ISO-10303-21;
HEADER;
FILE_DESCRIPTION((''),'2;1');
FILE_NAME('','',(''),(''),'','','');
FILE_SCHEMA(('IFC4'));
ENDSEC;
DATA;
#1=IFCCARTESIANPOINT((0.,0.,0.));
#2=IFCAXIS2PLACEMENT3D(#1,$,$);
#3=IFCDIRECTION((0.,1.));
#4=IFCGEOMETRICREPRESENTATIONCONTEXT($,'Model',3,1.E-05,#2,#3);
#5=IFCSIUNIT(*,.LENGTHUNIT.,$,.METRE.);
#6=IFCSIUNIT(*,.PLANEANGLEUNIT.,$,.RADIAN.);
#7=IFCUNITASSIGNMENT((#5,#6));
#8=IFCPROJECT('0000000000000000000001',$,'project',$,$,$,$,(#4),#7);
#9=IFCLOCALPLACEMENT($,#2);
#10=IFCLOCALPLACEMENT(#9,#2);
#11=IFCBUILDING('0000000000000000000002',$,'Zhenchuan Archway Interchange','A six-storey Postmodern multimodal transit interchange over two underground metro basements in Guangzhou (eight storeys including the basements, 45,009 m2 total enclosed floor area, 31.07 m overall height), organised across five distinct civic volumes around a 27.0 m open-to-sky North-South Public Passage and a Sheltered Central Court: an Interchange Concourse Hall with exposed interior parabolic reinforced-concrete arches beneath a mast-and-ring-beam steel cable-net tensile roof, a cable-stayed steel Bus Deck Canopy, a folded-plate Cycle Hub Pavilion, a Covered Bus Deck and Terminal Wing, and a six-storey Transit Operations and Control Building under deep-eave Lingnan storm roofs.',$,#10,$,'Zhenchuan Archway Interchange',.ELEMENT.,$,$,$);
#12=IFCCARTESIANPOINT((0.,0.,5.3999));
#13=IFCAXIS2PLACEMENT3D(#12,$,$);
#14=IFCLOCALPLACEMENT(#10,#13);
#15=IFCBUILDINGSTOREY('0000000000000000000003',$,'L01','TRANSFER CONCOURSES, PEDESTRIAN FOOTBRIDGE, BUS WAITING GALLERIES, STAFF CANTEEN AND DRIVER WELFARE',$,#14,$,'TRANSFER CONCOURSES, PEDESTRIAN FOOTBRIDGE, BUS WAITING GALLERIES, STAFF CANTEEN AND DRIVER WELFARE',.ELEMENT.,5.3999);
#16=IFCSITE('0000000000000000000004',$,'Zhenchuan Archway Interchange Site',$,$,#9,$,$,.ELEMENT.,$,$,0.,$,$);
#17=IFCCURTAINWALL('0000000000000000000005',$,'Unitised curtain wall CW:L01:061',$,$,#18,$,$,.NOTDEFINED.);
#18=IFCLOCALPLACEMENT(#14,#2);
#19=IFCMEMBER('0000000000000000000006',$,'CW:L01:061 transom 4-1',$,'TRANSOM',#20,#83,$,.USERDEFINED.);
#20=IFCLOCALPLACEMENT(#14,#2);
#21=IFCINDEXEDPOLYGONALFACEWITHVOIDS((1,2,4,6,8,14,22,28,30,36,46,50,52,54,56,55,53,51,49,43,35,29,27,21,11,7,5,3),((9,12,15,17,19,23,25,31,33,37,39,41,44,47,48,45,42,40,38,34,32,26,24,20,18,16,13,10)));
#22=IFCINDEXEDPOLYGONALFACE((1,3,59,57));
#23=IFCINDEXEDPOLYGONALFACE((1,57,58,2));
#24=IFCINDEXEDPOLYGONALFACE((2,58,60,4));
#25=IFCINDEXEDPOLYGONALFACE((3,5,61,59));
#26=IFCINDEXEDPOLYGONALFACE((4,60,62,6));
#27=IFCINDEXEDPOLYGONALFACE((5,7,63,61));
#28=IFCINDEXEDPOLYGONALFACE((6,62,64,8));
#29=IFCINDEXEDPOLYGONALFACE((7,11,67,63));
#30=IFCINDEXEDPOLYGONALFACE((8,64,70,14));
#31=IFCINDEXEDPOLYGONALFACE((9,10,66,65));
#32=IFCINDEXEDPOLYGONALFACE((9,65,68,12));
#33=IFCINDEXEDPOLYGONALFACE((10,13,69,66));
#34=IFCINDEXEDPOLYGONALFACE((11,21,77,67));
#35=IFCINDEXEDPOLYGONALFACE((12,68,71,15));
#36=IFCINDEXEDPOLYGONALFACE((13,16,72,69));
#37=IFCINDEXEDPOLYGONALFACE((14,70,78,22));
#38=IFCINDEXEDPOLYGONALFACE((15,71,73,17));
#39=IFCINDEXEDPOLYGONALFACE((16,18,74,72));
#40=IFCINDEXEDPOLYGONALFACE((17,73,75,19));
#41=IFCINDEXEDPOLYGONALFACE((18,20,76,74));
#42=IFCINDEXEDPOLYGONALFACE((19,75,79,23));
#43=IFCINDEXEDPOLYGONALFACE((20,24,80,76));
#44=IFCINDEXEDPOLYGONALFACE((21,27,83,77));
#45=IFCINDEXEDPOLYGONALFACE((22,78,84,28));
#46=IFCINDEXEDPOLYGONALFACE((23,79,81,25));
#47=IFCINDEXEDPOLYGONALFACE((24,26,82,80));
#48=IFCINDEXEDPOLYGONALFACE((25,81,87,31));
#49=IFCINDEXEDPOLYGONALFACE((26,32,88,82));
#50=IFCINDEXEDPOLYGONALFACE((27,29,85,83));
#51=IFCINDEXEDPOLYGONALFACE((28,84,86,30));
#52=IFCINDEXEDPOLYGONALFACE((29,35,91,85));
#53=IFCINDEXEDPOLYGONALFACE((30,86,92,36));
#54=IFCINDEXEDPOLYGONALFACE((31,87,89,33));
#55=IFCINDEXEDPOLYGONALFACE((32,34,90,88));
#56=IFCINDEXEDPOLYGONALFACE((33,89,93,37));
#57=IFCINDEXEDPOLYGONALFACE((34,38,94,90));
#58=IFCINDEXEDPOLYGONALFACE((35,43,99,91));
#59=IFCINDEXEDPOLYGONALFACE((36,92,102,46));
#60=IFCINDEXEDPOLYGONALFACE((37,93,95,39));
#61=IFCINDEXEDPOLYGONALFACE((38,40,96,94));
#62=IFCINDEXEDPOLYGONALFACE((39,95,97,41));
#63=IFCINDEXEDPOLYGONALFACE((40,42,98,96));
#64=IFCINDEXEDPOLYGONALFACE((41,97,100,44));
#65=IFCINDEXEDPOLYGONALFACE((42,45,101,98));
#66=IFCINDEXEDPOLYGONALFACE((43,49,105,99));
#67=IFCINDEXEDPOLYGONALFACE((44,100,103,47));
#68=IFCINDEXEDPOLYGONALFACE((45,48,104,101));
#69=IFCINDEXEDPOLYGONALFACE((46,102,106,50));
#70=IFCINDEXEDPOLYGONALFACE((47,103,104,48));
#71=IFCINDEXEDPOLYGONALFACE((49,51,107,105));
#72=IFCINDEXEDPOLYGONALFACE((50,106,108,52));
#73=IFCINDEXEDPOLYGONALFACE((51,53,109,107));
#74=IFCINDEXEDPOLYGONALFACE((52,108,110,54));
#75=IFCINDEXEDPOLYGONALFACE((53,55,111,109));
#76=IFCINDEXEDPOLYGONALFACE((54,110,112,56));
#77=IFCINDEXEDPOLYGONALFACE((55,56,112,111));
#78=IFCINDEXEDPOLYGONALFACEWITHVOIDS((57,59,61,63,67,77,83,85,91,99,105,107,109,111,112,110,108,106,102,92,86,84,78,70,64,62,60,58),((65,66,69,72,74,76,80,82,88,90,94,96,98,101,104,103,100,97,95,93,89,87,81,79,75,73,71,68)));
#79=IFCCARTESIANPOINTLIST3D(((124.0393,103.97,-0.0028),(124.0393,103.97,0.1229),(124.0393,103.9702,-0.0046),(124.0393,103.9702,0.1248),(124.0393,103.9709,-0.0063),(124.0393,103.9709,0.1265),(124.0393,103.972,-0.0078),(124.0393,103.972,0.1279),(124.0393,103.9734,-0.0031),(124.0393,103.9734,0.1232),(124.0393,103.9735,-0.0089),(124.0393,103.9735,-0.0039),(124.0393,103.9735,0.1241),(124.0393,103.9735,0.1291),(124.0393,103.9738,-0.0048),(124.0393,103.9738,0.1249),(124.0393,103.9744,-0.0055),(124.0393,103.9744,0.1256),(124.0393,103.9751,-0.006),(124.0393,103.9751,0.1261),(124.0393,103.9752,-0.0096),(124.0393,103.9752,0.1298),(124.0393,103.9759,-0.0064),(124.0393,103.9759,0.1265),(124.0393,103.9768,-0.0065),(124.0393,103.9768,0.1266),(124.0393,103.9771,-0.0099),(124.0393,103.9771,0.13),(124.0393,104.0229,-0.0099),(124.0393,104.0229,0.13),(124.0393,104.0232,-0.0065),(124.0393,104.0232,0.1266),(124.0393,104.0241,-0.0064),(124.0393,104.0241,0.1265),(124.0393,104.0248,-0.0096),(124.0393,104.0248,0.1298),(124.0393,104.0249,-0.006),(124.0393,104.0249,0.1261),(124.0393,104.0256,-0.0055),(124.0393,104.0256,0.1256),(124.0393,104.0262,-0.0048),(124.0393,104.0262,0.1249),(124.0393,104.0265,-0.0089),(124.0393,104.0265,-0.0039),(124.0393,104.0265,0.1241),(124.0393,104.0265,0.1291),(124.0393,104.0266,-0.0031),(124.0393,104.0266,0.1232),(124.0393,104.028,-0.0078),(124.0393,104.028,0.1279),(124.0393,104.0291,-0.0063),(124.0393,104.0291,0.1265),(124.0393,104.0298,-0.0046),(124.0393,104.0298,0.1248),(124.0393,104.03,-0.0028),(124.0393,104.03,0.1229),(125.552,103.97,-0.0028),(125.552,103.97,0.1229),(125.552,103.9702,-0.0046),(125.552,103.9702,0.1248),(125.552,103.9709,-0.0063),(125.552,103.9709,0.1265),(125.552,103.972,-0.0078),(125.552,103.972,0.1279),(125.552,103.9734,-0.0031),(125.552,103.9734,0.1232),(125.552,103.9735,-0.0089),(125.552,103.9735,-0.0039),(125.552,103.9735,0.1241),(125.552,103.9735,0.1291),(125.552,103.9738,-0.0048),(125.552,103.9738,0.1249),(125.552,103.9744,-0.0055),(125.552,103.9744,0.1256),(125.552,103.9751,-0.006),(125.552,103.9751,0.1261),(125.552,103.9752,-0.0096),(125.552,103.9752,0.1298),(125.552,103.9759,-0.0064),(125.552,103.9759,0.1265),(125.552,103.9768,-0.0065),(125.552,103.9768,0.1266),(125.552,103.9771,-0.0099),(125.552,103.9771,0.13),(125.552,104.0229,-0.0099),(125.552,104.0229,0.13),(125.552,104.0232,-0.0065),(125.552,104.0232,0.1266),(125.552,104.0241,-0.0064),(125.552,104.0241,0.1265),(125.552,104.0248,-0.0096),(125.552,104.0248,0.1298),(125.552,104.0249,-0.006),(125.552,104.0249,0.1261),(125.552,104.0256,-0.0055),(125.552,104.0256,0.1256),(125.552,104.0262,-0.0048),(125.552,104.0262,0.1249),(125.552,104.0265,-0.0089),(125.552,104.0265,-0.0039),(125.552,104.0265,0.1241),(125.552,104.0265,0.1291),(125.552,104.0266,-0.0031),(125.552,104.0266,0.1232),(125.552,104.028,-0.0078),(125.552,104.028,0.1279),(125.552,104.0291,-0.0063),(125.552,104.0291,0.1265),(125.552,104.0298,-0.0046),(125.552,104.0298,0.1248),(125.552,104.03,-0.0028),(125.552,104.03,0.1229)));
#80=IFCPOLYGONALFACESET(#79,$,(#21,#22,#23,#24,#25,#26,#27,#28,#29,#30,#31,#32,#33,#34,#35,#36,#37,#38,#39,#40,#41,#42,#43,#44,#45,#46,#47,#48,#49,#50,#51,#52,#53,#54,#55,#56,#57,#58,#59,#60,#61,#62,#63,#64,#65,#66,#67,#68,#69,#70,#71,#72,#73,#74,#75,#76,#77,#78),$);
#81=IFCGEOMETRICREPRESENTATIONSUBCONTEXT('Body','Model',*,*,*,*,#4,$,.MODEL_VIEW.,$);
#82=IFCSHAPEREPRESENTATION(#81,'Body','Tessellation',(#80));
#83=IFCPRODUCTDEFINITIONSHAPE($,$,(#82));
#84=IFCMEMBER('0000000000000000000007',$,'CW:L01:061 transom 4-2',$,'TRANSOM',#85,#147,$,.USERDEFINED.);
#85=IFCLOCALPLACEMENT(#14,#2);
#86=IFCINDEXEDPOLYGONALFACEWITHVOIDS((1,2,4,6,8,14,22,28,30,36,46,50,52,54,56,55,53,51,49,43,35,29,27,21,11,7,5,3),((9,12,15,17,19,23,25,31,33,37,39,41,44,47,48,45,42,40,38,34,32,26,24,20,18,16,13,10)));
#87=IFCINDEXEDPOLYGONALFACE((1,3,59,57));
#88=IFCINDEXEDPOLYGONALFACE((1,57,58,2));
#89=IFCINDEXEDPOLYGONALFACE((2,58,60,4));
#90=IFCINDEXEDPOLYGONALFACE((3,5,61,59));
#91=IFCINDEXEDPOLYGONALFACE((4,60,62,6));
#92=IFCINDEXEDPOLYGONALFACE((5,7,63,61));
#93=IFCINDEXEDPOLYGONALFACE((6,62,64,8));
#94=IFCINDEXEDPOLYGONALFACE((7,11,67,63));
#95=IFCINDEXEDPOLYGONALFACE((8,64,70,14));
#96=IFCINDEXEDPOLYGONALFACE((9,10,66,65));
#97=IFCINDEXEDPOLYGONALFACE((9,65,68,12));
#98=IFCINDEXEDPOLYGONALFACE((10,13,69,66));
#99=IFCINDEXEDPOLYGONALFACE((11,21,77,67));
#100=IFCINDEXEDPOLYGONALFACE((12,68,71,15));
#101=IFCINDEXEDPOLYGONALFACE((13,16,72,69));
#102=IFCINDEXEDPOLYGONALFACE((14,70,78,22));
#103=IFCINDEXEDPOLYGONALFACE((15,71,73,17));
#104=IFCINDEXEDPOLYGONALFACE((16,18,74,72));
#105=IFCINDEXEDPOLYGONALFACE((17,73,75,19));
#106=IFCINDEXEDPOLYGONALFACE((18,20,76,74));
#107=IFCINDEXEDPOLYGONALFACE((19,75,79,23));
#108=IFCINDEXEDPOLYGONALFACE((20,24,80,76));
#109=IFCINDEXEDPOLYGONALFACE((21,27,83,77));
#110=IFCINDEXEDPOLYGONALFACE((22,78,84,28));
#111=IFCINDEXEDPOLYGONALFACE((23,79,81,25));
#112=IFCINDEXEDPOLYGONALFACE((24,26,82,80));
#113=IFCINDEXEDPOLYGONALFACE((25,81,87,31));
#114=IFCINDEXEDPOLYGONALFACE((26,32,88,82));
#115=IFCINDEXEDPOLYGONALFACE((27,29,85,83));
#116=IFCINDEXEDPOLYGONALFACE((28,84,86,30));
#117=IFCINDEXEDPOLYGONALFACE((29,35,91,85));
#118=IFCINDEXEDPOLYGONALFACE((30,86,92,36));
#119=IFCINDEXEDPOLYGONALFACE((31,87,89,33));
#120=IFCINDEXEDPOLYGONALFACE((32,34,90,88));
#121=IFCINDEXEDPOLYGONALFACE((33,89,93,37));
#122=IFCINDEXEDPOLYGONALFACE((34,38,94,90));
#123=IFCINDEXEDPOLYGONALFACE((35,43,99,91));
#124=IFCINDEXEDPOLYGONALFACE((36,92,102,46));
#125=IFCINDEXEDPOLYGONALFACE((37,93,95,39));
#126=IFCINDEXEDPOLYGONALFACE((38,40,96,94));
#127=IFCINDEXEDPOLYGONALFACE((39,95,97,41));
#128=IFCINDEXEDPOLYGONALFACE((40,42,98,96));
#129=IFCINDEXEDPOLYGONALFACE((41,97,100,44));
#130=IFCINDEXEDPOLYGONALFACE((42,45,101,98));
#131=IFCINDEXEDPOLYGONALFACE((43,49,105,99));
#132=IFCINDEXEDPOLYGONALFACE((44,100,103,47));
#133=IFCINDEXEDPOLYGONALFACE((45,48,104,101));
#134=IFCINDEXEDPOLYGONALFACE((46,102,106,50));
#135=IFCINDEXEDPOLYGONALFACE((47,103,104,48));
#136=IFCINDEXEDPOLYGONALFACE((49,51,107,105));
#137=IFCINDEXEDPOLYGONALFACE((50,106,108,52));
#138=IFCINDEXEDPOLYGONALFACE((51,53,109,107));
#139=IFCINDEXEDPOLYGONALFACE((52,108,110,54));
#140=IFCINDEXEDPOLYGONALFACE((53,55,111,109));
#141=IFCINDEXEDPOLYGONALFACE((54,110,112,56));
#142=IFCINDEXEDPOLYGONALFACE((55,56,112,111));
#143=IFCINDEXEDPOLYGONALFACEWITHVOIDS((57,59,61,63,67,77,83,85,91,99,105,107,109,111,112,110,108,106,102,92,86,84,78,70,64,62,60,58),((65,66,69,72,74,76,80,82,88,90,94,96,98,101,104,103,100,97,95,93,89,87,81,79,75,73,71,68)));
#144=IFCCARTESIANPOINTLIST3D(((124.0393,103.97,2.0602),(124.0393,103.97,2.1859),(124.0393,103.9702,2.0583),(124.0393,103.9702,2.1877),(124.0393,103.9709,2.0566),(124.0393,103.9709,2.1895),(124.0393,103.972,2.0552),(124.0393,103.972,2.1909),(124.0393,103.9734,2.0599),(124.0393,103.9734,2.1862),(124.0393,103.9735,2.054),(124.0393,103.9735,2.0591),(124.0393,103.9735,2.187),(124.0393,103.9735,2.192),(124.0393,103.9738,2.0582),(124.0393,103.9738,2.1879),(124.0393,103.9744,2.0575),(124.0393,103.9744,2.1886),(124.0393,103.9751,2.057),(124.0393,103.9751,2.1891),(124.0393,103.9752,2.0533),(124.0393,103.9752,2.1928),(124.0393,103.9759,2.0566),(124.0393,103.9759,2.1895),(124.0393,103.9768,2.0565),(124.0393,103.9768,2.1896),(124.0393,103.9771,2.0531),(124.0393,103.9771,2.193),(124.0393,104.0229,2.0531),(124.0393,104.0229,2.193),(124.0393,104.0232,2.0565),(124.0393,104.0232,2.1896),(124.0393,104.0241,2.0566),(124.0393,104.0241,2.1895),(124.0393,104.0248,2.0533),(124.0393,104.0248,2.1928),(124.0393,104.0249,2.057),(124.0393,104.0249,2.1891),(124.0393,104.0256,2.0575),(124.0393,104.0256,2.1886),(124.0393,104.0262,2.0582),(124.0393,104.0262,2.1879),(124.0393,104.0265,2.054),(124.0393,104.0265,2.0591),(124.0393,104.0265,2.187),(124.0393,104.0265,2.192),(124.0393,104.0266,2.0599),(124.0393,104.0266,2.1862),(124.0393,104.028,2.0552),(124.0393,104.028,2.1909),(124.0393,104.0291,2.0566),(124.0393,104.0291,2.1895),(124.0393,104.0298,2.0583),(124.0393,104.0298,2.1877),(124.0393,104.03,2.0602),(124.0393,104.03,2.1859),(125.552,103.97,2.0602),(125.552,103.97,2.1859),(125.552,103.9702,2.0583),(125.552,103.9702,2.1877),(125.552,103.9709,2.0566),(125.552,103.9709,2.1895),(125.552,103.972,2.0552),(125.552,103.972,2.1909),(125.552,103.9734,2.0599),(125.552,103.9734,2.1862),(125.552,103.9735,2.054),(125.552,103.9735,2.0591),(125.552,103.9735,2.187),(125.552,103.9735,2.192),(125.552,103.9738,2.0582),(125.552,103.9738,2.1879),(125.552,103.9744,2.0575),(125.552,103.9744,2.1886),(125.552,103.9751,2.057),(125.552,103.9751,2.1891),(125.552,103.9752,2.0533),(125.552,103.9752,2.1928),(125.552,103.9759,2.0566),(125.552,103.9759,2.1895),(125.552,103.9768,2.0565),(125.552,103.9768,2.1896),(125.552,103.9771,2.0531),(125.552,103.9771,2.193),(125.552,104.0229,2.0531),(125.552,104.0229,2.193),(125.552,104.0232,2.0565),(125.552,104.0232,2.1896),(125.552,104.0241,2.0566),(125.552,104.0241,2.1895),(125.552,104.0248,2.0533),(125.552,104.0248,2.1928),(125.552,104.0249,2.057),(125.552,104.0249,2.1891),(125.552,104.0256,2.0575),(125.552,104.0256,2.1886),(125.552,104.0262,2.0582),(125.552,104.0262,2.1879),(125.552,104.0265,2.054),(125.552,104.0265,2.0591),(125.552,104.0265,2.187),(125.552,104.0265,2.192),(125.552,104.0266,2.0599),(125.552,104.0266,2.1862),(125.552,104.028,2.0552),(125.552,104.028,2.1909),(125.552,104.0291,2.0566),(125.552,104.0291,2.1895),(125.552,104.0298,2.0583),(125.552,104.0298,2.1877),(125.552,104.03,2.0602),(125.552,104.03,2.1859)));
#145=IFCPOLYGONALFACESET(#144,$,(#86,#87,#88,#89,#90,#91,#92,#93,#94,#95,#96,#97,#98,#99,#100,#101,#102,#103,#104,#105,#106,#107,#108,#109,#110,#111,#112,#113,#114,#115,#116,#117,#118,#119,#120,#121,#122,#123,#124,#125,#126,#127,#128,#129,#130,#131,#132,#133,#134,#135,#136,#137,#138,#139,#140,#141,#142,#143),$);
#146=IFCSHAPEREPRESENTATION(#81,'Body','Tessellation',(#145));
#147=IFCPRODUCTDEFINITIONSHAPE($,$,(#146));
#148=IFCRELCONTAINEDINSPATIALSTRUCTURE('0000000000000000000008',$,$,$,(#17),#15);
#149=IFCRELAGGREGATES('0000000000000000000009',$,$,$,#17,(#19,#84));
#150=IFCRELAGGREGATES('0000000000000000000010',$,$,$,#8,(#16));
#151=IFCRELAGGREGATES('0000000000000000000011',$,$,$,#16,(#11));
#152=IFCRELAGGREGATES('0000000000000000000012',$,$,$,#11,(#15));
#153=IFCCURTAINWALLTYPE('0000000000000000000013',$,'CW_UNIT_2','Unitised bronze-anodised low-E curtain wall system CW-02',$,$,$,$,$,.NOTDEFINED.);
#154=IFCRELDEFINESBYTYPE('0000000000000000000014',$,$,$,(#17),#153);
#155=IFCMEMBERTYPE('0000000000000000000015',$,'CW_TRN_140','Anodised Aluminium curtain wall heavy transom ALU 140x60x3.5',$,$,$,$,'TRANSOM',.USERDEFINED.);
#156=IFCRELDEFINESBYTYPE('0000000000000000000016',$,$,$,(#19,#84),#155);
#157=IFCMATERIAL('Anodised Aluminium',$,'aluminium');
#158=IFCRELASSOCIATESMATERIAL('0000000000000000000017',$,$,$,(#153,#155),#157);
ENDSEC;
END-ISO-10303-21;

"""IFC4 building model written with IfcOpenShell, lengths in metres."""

from ifc_helpers import new_model, si_unit, direction, frame, origin, origin_2d, place, context, subcontext, project, spatial, hollow_rectangle, extrude, material, material_profile, profile_set, type_object, element, aggregate, save


model = new_model("IFC4")

# Units and contexts
model_context = context("Model", 3, precision=1e-05, world=origin(), true_north=direction((0.0, 1.0)))
body_context = subcontext(model_context, "Body", "Model", "MODEL_VIEW")
ifc_project = project(units=[si_unit("LENGTHUNIT", "METRE"), si_unit("PLANEANGLEUNIT", "RADIAN")], contexts=[model_context])

# Site, building, storey
site_placement = place(None, origin())
site = spatial("IfcSite", under=ifc_project, at=site_placement, Name="Zhenchuan Archway Interchange Site", CompositionType="ELEMENT", RefElevation=0.0)
building_placement = place(site_placement, origin())
building = spatial("IfcBuilding", under=site, at=building_placement, Name="Zhenchuan Archway Interchange", Description="A six-storey Postmodern multimodal transit interchange over two underground metro basements in Guangzhou (eight storeys including the basements, 45,009 m2 total enclosed floor area, 31.07 m overall height), organised across five distinct civic volumes around a 27.0 m open-to-sky North-South Public Passage and a Sheltered Central Court: an Interchange Concourse Hall with exposed interior parabolic reinforced-concrete arches beneath a mast-and-ring-beam steel cable-net tensile roof, a cable-stayed steel Bus Deck Canopy, a folded-plate Cycle Hub Pavilion, a Covered Bus Deck and Terminal Wing, and a six-storey Transit Operations and Control Building under deep-eave Lingnan storm roofs.", LongName="Zhenchuan Archway Interchange", CompositionType="ELEMENT")
storey_placement = place(building_placement, frame((0.0, 0.0, 5.3999)))
storey = spatial("IfcBuildingStorey", under=building, at=storey_placement, Name="L01", Description="TRANSFER CONCOURSES, PEDESTRIAN FOOTBRIDGE, BUS WAITING GALLERIES, STAFF CANTEEN AND DRIVER WELFARE", LongName="TRANSFER CONCOURSES, PEDESTRIAN FOOTBRIDGE, BUS WAITING GALLERIES, STAFF CANTEEN AND DRIVER WELFARE", CompositionType="ELEMENT", Elevation=5.3999)

# Curtain wall
ifc_material_1 = material(Name="Anodised Aluminium", Category="aluminium")
curtain_wall_type_1 = type_object("IfcCurtainWallType", Name="CW_UNIT_2", Description="Unitised bronze-anodised low-E curtain wall system CW-02", PredefinedType="NOTDEFINED", material=ifc_material_1)
curtain_wall_1_placement = place(storey_placement, origin())
curtain_wall_1 = element("IfcCurtainWall", 1, at=curtain_wall_1_placement, inside=storey, type_object=curtain_wall_type_1, Name="Unitised curtain wall CW:L01:061", PredefinedType="NOTDEFINED")

# Members
ifc_material_profile_1 = material_profile(ifc_material_1, hollow_rectangle(XDim=0.0601, YDim=0.1399, WallThickness=0.0034, InnerFilletRadius=0.0034, OuterFilletRadius=0.0071, at=origin_2d()), Name="ALU 140x60x3.5")
ifc_profile_set_1 = profile_set([ifc_material_profile_1], Name="Anodised Aluminium")
member_type_1 = type_object("IfcMemberType", Name="CW_TRN_140", Description="Anodised Aluminium curtain wall heavy transom ALU 140x60x3.5", ElementType="TRANSOM", PredefinedType="USERDEFINED", material=ifc_profile_set_1)
member_1_placement = place(storey_placement, frame((124.0393, 104.0, 0.0601), z_axis=(1.0, 0.0, 0.0), x_axis=(0.0, 1.0, 0.0)))
member_1 = element("IfcMember", 2, at=member_1_placement, type_object=member_type_1, Name="CW:L01:061 transom 4-1", ObjectType="TRANSOM", PredefinedType="USERDEFINED", context=body_context, shape_type="SweptSolid", body=[
    extrude(hollow_rectangle(XDim=0.0601, YDim=0.1399, WallThickness=0.0034, InnerFilletRadius=0.0034, OuterFilletRadius=0.0071, at=origin_2d()), origin(), (0.0, 0.0, 1.0), 1.5127),
])
member_2_placement = place(storey_placement, frame((124.0393, 104.0, 2.123), z_axis=(1.0, 0.0, 0.0), x_axis=(0.0, 1.0, 0.0)))
member_2 = element("IfcMember", 3, at=member_2_placement, type_object=member_type_1, Name="CW:L01:061 transom 4-2", ObjectType="TRANSOM", PredefinedType="USERDEFINED", context=body_context, shape_type="SweptSolid", body=[
    extrude(hollow_rectangle(XDim=0.0601, YDim=0.1399, WallThickness=0.0034, InnerFilletRadius=0.0034, OuterFilletRadius=0.0071, at=origin_2d()), origin(), (0.0, 0.0, 1.0), 1.5127),
])

aggregate(curtain_wall_1, [member_1, member_2])

save(model, "model.ifc")
